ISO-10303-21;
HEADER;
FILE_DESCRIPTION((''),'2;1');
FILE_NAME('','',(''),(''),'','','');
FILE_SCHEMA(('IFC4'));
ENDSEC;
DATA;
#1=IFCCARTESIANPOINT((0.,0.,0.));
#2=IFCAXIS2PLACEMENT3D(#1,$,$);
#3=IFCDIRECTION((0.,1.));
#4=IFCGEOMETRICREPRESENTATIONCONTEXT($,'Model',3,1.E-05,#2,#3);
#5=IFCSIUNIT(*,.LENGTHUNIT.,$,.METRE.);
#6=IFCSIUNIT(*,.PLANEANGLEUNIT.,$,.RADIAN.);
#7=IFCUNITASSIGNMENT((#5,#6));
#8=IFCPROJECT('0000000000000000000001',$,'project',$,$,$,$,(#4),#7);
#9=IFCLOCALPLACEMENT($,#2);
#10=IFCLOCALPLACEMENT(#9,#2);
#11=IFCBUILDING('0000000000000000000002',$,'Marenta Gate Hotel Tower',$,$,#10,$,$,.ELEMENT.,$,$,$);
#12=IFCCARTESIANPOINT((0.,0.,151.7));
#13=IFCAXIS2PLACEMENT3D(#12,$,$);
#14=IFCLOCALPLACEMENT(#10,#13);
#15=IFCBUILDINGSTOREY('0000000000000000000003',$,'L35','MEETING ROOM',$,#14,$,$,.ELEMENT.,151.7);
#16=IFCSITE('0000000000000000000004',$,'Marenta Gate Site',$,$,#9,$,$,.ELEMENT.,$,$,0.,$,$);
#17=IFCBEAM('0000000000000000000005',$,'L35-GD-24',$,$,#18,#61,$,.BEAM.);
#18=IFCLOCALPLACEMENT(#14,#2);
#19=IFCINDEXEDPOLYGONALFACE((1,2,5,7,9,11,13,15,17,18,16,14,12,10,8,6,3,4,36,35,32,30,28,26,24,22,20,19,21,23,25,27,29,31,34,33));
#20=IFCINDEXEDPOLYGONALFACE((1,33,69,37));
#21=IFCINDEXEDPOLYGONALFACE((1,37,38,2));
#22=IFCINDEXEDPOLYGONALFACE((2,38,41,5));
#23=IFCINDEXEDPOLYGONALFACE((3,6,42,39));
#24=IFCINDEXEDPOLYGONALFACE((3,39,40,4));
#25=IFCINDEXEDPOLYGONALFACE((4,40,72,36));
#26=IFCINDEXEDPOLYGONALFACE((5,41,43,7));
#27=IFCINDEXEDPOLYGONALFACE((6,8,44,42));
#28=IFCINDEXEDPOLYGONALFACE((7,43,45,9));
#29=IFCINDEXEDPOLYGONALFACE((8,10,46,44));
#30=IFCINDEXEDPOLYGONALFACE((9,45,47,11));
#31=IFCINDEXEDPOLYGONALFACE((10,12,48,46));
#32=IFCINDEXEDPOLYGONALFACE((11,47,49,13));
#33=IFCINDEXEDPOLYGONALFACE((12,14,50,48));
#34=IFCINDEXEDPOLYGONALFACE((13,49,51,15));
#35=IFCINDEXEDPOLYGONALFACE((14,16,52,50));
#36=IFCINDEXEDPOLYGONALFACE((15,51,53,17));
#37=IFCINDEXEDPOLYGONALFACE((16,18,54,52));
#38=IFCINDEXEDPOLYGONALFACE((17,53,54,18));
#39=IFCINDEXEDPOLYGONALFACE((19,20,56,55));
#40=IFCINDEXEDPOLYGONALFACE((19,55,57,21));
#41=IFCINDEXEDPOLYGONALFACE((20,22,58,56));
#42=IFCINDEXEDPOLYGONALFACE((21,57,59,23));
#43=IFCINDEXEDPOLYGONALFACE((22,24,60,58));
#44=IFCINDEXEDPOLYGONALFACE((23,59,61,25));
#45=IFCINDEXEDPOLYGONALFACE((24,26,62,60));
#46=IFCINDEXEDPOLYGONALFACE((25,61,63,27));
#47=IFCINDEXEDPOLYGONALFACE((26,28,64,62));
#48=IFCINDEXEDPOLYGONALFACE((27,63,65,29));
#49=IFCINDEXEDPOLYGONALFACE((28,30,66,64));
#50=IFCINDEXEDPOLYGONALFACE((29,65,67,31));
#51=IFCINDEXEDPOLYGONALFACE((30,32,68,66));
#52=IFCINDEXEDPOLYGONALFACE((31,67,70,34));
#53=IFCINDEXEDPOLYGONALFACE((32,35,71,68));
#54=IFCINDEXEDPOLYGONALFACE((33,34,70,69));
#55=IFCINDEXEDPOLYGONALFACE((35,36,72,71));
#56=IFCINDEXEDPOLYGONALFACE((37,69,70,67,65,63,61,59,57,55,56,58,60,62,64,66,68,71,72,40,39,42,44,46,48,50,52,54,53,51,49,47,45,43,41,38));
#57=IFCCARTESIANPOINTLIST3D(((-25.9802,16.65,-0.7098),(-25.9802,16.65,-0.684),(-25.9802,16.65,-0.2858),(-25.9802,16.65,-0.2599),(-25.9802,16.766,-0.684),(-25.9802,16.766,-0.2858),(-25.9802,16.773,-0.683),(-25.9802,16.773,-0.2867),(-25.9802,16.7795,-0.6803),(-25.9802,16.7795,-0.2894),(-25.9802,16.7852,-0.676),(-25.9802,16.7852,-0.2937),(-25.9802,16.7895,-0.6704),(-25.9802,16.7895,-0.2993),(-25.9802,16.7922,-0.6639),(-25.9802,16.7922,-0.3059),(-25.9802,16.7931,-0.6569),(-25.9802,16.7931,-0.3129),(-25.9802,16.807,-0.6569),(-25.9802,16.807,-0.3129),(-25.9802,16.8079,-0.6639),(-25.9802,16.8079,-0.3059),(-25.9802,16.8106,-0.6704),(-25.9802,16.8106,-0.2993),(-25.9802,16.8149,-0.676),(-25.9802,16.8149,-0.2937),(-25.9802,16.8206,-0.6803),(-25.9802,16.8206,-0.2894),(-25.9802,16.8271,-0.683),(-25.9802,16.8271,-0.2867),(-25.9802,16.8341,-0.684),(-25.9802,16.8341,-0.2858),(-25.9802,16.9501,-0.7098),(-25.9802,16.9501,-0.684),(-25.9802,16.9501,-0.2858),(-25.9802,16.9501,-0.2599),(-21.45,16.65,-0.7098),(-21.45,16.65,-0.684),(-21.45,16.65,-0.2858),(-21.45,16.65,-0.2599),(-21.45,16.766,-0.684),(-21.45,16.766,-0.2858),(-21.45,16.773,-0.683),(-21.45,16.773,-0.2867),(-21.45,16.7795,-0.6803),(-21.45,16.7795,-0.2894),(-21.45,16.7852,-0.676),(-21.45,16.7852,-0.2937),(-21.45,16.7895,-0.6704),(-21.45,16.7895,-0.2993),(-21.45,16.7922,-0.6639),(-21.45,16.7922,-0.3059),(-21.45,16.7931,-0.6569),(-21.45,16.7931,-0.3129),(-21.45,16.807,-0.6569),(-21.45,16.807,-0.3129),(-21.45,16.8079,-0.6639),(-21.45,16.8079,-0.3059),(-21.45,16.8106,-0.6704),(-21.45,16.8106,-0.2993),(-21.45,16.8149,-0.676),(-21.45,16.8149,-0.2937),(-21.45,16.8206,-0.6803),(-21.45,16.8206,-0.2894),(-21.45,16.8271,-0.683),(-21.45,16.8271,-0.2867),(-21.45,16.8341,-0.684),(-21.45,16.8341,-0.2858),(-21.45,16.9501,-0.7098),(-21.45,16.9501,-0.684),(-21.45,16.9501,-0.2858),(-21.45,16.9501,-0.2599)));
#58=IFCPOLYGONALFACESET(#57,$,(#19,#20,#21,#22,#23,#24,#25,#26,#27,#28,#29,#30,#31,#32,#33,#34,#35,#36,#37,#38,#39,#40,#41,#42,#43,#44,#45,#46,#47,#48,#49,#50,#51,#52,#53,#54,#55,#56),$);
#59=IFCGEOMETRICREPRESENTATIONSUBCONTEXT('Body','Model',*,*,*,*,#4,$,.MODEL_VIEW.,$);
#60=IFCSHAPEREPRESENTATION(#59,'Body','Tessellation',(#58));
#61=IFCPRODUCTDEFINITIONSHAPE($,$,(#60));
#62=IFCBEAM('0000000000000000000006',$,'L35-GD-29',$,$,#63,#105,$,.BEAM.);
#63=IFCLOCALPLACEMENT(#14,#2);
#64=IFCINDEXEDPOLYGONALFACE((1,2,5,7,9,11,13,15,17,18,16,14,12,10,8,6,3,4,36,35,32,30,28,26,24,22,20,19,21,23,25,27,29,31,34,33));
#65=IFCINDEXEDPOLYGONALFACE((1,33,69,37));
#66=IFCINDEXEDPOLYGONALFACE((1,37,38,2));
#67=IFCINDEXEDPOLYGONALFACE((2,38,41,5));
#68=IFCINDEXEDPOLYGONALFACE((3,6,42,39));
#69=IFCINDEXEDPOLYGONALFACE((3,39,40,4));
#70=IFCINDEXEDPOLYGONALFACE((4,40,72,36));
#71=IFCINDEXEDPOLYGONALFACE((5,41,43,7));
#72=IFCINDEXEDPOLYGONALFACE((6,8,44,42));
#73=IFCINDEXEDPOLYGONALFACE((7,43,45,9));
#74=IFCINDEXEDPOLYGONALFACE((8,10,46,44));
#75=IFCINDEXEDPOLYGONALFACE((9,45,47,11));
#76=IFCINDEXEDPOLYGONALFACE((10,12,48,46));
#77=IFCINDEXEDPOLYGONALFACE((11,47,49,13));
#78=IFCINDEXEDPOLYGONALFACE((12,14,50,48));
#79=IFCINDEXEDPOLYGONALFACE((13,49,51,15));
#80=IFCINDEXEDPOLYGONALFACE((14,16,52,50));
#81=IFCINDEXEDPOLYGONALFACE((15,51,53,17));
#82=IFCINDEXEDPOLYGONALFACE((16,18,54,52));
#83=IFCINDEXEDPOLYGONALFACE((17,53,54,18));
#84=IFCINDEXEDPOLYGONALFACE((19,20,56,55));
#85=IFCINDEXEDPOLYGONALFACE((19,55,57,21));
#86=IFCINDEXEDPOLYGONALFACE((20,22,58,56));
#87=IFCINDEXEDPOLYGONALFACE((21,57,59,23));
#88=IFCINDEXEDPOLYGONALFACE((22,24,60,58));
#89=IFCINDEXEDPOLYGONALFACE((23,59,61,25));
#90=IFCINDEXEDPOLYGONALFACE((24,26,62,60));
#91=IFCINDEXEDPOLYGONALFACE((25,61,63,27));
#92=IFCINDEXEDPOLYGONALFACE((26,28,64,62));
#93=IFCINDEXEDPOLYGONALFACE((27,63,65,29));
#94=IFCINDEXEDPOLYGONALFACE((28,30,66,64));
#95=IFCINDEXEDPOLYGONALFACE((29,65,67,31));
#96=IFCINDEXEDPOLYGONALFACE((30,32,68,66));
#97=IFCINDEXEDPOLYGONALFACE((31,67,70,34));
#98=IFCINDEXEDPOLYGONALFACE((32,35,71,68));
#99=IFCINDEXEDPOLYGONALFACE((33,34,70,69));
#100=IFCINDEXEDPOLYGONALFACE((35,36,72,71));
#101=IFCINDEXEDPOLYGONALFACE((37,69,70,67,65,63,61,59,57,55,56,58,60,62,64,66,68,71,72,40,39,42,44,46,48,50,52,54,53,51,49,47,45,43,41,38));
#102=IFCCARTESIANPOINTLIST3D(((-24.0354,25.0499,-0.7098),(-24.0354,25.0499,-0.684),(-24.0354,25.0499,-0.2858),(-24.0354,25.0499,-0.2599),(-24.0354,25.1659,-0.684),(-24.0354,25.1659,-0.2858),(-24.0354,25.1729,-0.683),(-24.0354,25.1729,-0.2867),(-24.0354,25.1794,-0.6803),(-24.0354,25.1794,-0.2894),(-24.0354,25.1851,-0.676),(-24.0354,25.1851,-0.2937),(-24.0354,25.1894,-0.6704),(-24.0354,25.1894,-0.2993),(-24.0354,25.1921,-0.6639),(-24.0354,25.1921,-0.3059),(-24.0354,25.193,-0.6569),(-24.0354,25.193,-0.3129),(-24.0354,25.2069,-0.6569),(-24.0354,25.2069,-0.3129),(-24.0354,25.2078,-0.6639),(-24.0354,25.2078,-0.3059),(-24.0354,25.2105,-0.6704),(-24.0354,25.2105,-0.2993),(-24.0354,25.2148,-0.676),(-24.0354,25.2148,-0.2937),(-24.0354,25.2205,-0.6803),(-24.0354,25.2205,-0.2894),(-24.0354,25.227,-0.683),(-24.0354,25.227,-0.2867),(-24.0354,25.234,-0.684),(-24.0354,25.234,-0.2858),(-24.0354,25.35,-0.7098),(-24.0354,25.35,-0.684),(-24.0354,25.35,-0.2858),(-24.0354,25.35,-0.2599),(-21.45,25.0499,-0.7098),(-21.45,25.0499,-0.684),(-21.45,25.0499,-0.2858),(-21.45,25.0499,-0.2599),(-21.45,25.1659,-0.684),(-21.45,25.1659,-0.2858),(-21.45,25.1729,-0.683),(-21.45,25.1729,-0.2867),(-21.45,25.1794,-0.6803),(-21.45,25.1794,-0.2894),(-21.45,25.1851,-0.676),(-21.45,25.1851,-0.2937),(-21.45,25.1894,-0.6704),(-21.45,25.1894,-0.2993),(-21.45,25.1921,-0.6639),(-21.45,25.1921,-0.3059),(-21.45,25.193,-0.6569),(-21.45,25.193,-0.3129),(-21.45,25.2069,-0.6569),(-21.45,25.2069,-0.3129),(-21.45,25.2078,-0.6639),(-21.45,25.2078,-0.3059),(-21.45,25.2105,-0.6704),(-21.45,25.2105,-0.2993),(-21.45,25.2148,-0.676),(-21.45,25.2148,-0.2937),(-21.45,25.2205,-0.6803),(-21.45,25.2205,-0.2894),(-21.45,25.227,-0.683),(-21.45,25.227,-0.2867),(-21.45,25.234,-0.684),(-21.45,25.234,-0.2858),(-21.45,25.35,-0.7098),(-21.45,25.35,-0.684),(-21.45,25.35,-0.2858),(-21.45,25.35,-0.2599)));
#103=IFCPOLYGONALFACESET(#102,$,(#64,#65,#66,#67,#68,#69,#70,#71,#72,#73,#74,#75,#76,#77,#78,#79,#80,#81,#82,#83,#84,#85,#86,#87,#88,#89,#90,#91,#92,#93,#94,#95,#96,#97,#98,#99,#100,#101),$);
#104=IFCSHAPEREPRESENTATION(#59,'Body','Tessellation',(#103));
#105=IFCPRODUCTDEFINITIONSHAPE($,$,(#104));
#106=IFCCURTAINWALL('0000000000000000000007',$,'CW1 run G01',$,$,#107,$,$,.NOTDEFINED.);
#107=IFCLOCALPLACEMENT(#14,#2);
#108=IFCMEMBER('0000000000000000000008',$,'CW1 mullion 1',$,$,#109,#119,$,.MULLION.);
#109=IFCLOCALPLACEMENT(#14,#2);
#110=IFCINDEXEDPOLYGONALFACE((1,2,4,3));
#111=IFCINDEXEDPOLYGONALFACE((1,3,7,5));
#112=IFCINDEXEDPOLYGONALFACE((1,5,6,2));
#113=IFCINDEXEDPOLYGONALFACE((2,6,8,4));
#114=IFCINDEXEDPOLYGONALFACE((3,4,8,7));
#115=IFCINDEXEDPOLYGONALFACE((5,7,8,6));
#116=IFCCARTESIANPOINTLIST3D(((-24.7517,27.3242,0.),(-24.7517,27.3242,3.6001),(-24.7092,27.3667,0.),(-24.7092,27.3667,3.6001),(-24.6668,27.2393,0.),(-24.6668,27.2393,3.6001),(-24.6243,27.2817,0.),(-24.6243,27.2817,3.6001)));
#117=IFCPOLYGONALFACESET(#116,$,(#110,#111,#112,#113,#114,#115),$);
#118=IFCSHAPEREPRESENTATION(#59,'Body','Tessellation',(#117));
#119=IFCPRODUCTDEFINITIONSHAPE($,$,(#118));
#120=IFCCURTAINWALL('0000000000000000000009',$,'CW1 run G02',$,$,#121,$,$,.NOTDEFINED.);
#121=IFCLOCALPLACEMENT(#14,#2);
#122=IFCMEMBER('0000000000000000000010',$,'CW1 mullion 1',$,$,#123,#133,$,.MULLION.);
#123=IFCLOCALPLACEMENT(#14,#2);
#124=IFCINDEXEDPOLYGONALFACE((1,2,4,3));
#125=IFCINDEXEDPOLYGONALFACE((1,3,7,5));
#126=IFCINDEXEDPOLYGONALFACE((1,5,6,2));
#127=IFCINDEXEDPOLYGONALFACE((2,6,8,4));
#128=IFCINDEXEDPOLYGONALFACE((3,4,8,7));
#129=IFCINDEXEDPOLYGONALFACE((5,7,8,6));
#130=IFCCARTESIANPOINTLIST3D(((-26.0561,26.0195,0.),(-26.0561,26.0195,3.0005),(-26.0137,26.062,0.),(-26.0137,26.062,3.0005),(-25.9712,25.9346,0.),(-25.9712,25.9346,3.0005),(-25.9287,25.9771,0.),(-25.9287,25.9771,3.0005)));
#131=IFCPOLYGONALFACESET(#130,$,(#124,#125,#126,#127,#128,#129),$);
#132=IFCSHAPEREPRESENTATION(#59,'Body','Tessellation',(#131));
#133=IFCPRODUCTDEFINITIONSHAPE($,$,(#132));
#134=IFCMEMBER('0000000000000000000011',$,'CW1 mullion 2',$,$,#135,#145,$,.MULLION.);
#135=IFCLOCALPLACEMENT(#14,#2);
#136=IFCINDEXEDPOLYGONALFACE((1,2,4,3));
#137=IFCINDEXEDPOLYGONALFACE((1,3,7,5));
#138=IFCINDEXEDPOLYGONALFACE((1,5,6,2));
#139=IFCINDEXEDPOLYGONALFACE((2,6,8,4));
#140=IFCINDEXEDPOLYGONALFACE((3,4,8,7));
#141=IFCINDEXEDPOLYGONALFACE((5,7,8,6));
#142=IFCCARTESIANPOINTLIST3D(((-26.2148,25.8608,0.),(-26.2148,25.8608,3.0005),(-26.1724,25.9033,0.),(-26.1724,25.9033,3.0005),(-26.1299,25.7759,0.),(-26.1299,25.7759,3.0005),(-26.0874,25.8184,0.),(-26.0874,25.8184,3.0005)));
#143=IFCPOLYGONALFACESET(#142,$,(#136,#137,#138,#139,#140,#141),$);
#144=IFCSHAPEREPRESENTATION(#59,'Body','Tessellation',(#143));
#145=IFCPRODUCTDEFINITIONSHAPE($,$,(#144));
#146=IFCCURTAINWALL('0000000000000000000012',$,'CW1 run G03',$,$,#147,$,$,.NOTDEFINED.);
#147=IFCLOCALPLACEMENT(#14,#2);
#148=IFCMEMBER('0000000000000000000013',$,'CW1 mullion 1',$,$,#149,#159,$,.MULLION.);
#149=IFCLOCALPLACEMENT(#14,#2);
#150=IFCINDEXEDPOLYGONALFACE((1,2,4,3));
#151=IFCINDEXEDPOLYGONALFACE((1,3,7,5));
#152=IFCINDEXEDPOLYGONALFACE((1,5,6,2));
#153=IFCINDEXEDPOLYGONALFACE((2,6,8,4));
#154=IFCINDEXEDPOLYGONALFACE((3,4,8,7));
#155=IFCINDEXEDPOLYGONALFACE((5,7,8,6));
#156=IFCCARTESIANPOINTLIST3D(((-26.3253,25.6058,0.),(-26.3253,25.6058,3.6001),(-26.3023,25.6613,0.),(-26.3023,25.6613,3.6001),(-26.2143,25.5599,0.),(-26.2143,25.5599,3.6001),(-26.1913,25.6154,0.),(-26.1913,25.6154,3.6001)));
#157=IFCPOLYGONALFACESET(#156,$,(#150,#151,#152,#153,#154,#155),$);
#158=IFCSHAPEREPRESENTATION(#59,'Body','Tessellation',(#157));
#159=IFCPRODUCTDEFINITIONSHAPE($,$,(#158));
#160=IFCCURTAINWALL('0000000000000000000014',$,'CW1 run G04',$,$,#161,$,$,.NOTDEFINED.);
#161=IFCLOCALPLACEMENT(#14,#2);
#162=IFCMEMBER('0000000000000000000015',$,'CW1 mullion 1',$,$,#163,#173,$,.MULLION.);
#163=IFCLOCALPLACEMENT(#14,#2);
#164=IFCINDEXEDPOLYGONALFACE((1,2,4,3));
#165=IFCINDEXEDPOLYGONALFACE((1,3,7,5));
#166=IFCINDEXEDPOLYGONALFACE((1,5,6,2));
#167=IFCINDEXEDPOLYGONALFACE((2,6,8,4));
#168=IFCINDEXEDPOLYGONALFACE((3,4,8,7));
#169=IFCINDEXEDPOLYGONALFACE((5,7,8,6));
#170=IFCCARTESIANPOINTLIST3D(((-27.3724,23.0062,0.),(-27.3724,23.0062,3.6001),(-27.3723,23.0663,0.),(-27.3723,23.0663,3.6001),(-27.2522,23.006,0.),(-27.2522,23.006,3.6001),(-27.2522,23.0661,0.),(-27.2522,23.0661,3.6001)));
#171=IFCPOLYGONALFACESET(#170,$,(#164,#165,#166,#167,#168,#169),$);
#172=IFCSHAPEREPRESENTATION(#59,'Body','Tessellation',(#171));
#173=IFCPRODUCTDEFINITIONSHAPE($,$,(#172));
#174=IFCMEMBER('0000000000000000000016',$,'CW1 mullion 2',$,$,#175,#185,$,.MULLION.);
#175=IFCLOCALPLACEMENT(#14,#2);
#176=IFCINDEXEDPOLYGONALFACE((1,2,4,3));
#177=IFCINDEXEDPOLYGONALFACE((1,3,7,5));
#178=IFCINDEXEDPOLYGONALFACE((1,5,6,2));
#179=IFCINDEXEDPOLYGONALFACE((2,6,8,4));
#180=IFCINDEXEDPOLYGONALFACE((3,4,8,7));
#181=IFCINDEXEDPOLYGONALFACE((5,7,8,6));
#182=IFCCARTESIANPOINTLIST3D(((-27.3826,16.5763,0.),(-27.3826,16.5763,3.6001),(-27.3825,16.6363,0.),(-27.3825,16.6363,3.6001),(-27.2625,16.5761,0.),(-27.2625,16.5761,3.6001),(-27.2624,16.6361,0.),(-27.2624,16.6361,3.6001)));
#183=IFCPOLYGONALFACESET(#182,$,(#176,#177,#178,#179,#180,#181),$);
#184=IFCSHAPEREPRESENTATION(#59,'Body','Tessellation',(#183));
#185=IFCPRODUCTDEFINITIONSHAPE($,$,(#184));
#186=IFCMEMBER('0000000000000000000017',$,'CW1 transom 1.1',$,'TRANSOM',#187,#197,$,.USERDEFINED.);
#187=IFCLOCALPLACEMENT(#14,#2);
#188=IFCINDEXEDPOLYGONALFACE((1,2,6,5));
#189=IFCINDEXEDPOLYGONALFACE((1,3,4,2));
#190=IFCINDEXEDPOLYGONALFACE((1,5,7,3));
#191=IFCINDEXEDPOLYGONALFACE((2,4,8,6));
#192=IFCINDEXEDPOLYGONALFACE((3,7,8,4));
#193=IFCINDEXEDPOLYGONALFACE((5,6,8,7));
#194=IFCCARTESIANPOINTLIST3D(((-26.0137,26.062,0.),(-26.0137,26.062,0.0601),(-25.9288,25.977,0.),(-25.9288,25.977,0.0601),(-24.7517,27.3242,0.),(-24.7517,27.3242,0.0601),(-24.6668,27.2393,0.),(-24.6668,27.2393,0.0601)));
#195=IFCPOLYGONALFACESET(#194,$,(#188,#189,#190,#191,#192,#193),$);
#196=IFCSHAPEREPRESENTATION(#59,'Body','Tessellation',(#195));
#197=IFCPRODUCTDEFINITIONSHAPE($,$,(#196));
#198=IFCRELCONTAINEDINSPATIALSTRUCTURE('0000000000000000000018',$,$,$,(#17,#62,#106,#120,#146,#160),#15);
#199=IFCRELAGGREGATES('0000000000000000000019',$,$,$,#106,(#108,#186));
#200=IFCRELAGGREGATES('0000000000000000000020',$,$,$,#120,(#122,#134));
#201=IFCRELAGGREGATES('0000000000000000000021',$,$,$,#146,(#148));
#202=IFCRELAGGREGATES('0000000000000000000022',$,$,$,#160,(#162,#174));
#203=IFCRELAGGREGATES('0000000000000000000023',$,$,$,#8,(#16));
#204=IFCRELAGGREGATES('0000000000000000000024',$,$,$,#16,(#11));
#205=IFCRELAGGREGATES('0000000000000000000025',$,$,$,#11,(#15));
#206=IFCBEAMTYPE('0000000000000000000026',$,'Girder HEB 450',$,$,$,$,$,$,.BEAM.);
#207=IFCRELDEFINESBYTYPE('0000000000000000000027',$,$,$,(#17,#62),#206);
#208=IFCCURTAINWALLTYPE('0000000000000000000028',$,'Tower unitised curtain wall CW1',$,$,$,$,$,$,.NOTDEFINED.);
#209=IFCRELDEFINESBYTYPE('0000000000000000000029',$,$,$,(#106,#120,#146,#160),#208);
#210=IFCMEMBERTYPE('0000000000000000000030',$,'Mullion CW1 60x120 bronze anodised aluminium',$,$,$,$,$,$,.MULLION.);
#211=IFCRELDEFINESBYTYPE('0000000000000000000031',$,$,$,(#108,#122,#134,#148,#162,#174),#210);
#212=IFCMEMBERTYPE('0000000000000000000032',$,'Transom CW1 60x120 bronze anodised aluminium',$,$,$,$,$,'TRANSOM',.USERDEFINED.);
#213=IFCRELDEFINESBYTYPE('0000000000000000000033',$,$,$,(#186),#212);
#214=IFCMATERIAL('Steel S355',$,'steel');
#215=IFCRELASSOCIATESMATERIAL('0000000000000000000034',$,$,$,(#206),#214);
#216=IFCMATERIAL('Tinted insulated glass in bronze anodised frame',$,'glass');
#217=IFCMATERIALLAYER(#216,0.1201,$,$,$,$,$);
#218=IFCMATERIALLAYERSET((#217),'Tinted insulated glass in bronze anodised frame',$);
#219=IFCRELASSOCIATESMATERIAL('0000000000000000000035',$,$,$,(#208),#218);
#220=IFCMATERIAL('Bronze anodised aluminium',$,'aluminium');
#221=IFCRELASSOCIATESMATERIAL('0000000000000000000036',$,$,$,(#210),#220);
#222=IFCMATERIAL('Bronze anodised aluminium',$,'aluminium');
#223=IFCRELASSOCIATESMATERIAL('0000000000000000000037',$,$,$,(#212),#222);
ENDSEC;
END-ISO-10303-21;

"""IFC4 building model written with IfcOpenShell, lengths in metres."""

from ifc_helpers import new_model, si_unit, direction, frame, origin, origin_2d, place, context, subcontext, project, spatial, rectangle, i_section, extrude, material, layer, layer_set, material_profile, profile_set, type_object, element, aggregate, save


model = new_model("IFC4")

# Units and contexts
model_context = context("Model", 3, precision=1e-05, world=origin(), true_north=direction((0.0, 1.0)))
body_context = subcontext(model_context, "Body", "Model", "MODEL_VIEW")
ifc_project = project(units=[si_unit("LENGTHUNIT", "METRE"), si_unit("PLANEANGLEUNIT", "RADIAN")], contexts=[model_context])

# Site, building, storey
site_placement = place(None, origin())
site = spatial("IfcSite", under=ifc_project, at=site_placement, Name="Marenta Gate Site", CompositionType="ELEMENT", RefElevation=0.0)
building_placement = place(site_placement, origin())
building = spatial("IfcBuilding", under=site, at=building_placement, Name="Marenta Gate Hotel Tower", CompositionType="ELEMENT")
storey_placement = place(building_placement, frame((0.0, 0.0, 151.7)))
storey = spatial("IfcBuildingStorey", under=building, at=storey_placement, Name="L35", Description="MEETING ROOM", CompositionType="ELEMENT", Elevation=151.7)

# Beams
ifc_material_1 = material(Name="Steel S355", Category="steel")
ifc_material_profile_1 = material_profile(ifc_material_1, i_section(OverallWidth=0.3, OverallDepth=0.45, WebThickness=0.0139, FlangeThickness=0.0259, FilletRadius=0.0271, at=origin_2d()), Name="HEB 450")
ifc_profile_set_1 = profile_set([ifc_material_profile_1], Name="Steel S355")
beam_type_1 = type_object("IfcBeamType", Name="Girder HEB 450", PredefinedType="BEAM", material=ifc_profile_set_1)
beam_1_placement = place(storey_placement, frame((-25.9802, 16.8, -0.4849), z_axis=(1.0, 0.0, 0.0), x_axis=(0.0, 1.0, 0.0)))
element("IfcBeam", 1, at=beam_1_placement, inside=storey, type_object=beam_type_1, Name="L35-GD-24", PredefinedType="BEAM", context=body_context, shape_type="SweptSolid", body=[
    extrude(i_section(OverallWidth=0.3, OverallDepth=0.45, WebThickness=0.0139, FlangeThickness=0.0259, FilletRadius=0.0271, at=origin_2d()), origin(), (0.0, 0.0, 1.0), 4.5303),
])
beam_2_placement = place(storey_placement, frame((-24.0354, 25.2, -0.4849), z_axis=(1.0, 0.0, 0.0), x_axis=(0.0, 1.0, 0.0)))
element("IfcBeam", 2, at=beam_2_placement, inside=storey, type_object=beam_type_1, Name="L35-GD-29", PredefinedType="BEAM", context=body_context, shape_type="SweptSolid", body=[
    extrude(i_section(OverallWidth=0.3, OverallDepth=0.45, WebThickness=0.0139, FlangeThickness=0.0259, FilletRadius=0.0271, at=origin_2d()), origin(), (0.0, 0.0, 1.0), 2.5854),
])

# Curtain wall, member
ifc_material_2 = material(Name="Tinted insulated glass in bronze anodised frame", Category="glass")
ifc_layer_1 = layer(ifc_material_2, 0.1201)
ifc_layer_set_1 = layer_set([ifc_layer_1], Name="Tinted insulated glass in bronze anodised frame")
curtain_wall_type = type_object("IfcCurtainWallType", Name="Tower unitised curtain wall CW1", PredefinedType="NOTDEFINED", material=ifc_layer_set_1)
curtain_wall_1_placement = place(storey_placement, origin())
curtain_wall_1 = element("IfcCurtainWall", 3, at=curtain_wall_1_placement, inside=storey, type_object=curtain_wall_type, Name="CW1 run G01", PredefinedType="NOTDEFINED")
ifc_material_3 = material(Name="Bronze anodised aluminium", Category="aluminium")
ifc_material_profile_2 = material_profile(ifc_material_3, rectangle(XDim=0.1201, YDim=0.0601, at=origin_2d()), Name="Mullion CW1 60x120 bronze anodised aluminium")
ifc_profile_set_2 = profile_set([ifc_material_profile_2], Name="Bronze anodised aluminium")
member_type_1 = type_object("IfcMemberType", Name="Mullion CW1 60x120 bronze anodised aluminium", PredefinedType="MULLION", material=ifc_profile_set_2)
member_1_placement = place(storey_placement, frame((-24.688, 27.303, 0.0), z_axis=(0.0, 0.0, 1.0), x_axis=(0.707107, -0.707107, 0.0)))
member_1 = element("IfcMember", 4, at=member_1_placement, type_object=member_type_1, Name="CW1 mullion 1", PredefinedType="MULLION", context=body_context, shape_type="SweptSolid", body=[
    extrude(rectangle(XDim=0.1201, YDim=0.0601, at=origin_2d()), origin(), (0.0, 0.0, 1.0), 3.6001),
])

# Curtain wall, members
curtain_wall_2_placement = place(storey_placement, origin())
curtain_wall_2 = element("IfcCurtainWall", 5, at=curtain_wall_2_placement, inside=storey, type_object=curtain_wall_type, Name="CW1 run G02", PredefinedType="NOTDEFINED")
member_2_placement = place(storey_placement, frame((-25.9924, 25.9983, 0.0), z_axis=(0.0, 0.0, 1.0), x_axis=(0.707107, -0.707107, 0.0)))
member_2 = element("IfcMember", 6, at=member_2_placement, type_object=member_type_1, Name="CW1 mullion 1", PredefinedType="MULLION", context=body_context, shape_type="SweptSolid", body=[
    extrude(rectangle(XDim=0.1201, YDim=0.0601, at=origin_2d()), origin(), (0.0, 0.0, 1.0), 3.0005),
])
member_3_placement = place(storey_placement, frame((-26.1511, 25.8396, 0.0), z_axis=(0.0, 0.0, 1.0), x_axis=(0.707107, -0.707107, 0.0)))
member_3 = element("IfcMember", 7, at=member_3_placement, type_object=member_type_1, Name="CW1 mullion 2", PredefinedType="MULLION", context=body_context, shape_type="SweptSolid", body=[
    extrude(rectangle(XDim=0.1201, YDim=0.0601, at=origin_2d()), origin(), (0.0, 0.0, 1.0), 3.0005),
])

# Curtain wall, member
curtain_wall_3_placement = place(storey_placement, origin())
curtain_wall_3 = element("IfcCurtainWall", 8, at=curtain_wall_3_placement, inside=storey, type_object=curtain_wall_type, Name="CW1 run G03", PredefinedType="NOTDEFINED")
member_4_placement = place(storey_placement, frame((-26.2583, 25.6106, 0.0), z_axis=(0.0, 0.0, 1.0), x_axis=(0.923879, -0.382684, 0.0)))
member_4 = element("IfcMember", 9, at=member_4_placement, type_object=member_type_1, Name="CW1 mullion 1", PredefinedType="MULLION", context=body_context, shape_type="SweptSolid", body=[
    extrude(rectangle(XDim=0.1201, YDim=0.0601, at=origin_2d()), origin(), (0.0, 0.0, 1.0), 3.6001),
])

# Curtain wall, members
curtain_wall_4_placement = place(storey_placement, origin())
curtain_wall_4 = element("IfcCurtainWall", 10, at=curtain_wall_4_placement, inside=storey, type_object=curtain_wall_type, Name="CW1 run G04", PredefinedType="NOTDEFINED")
member_5_placement = place(storey_placement, frame((-27.3123, 23.0361, 0.0), z_axis=(0.0, 0.0, 1.0), x_axis=(0.999999, -0.001566, 0.0)))
member_5 = element("IfcMember", 11, at=member_5_placement, type_object=member_type_1, Name="CW1 mullion 1", PredefinedType="MULLION", context=body_context, shape_type="SweptSolid", body=[
    extrude(rectangle(XDim=0.1201, YDim=0.0601, at=origin_2d()), origin(), (0.0, 0.0, 1.0), 3.6001),
])
member_6_placement = place(storey_placement, frame((-27.3225, 16.6062, 0.0), z_axis=(0.0, 0.0, 1.0), x_axis=(0.999999, -0.001566, 0.0)))
member_6 = element("IfcMember", 12, at=member_6_placement, type_object=member_type_1, Name="CW1 mullion 2", PredefinedType="MULLION", context=body_context, shape_type="SweptSolid", body=[
    extrude(rectangle(XDim=0.1201, YDim=0.0601, at=origin_2d()), origin(), (0.0, 0.0, 1.0), 3.6001),
])

# Member
ifc_material_4 = material(Name="Bronze anodised aluminium", Category="aluminium")
ifc_material_profile_3 = material_profile(ifc_material_4, rectangle(XDim=0.1201, YDim=0.0601, at=origin_2d()), Name="Transom CW1 60x120 bronze anodised aluminium")
ifc_profile_set_3 = profile_set([ifc_material_profile_3], Name="Bronze anodised aluminium")
member_type_2 = type_object("IfcMemberType", Name="Transom CW1 60x120 bronze anodised aluminium", ElementType="TRANSOM", PredefinedType="USERDEFINED", material=ifc_profile_set_3)
member_7_placement = place(storey_placement, frame((-24.7092, 27.2817, 0.03), z_axis=(-0.707038, -0.707175, 0.0), x_axis=(0.707175, -0.707038, 0.0)))
member_7 = element("IfcMember", 13, at=member_7_placement, type_object=member_type_2, Name="CW1 transom 1.1", ObjectType="TRANSOM", PredefinedType="USERDEFINED", context=body_context, shape_type="SweptSolid", body=[
    extrude(rectangle(XDim=0.1201, YDim=0.0601, at=origin_2d()), origin(), (0.0, 0.0, 1.0), 1.7849),
])

aggregate(curtain_wall_1, [member_1, member_7])
aggregate(curtain_wall_2, [member_2, member_3])
aggregate(curtain_wall_3, [member_4])
aggregate(curtain_wall_4, [member_5, member_6])

save(model, "model.ifc")
